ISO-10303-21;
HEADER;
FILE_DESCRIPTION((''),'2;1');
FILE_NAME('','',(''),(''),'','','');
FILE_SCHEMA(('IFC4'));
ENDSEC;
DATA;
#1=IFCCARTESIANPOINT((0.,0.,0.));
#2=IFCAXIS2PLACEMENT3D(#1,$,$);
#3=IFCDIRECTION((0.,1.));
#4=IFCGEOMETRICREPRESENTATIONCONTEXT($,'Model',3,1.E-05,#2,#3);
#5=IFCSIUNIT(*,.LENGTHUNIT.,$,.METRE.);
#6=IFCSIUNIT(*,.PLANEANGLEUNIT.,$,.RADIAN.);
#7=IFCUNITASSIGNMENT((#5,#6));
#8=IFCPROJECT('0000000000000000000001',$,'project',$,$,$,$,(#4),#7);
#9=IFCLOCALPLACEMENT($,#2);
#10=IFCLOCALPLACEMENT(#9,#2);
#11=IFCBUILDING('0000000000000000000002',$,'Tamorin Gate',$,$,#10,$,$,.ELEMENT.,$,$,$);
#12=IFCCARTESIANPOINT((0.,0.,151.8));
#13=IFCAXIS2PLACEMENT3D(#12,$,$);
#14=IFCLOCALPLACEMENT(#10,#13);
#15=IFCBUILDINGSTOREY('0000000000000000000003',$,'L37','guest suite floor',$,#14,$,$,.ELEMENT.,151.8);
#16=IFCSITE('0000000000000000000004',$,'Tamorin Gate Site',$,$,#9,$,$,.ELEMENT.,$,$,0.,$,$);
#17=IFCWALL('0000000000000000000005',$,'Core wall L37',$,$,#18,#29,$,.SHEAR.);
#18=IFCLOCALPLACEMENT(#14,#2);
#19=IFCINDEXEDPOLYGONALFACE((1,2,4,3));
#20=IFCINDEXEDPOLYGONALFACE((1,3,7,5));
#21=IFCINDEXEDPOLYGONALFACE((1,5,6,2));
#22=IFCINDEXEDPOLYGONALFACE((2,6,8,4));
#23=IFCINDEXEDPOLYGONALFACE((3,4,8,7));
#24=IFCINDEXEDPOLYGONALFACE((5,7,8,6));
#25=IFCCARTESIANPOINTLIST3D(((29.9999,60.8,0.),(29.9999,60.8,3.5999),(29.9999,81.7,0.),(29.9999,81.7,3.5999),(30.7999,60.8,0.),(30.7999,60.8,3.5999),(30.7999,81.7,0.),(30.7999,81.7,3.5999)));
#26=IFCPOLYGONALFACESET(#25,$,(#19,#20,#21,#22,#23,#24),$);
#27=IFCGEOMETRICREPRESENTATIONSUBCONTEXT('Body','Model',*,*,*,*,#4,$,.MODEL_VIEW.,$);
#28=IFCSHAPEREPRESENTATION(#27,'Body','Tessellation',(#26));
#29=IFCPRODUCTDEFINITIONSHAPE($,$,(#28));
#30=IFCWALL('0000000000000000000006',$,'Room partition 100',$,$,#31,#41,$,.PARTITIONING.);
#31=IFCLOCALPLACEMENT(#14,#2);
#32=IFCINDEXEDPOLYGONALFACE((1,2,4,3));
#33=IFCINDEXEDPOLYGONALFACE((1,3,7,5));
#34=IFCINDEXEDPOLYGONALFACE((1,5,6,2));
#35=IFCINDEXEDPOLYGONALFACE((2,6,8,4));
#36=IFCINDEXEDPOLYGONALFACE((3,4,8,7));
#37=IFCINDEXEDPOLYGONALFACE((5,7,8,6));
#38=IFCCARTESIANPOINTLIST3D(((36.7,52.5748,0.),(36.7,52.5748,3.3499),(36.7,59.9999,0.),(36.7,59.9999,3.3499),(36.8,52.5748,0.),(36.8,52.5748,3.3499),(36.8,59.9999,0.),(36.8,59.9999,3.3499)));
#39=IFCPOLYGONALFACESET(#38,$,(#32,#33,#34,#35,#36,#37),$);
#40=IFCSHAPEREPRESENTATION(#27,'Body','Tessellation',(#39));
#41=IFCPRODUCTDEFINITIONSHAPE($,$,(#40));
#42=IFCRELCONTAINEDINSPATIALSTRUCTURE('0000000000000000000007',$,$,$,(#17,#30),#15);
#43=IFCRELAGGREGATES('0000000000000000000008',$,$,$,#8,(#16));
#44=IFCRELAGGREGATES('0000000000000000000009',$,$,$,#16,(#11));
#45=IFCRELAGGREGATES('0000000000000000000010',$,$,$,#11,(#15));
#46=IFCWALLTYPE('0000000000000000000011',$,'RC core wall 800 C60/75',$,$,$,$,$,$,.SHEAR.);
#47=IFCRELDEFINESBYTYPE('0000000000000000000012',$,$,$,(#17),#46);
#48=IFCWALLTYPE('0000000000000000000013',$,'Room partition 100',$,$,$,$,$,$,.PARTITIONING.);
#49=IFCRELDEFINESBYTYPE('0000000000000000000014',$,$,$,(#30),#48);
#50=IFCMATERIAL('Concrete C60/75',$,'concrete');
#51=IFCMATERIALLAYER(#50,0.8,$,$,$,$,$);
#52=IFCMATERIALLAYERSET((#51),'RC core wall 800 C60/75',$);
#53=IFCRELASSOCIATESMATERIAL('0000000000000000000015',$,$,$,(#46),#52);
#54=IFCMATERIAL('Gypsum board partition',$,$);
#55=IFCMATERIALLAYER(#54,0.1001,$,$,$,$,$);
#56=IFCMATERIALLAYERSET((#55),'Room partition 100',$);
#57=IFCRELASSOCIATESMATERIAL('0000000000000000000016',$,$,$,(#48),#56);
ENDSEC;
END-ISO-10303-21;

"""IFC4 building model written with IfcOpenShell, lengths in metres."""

from ifc_helpers import new_model, si_unit, direction, frame, frame_2d, origin, place, context, subcontext, project, spatial, rectangle, extrude, material, layer, layer_set, type_object, element, save


model = new_model("IFC4")

# Units and contexts
model_context = context("Model", 3, precision=1e-05, world=origin(), true_north=direction((0.0, 1.0)))
body_context = subcontext(model_context, "Body", "Model", "MODEL_VIEW")
ifc_project = project(units=[si_unit("LENGTHUNIT", "METRE"), si_unit("PLANEANGLEUNIT", "RADIAN")], contexts=[model_context])

# Site, building, storey
site_placement = place(None, origin())
site = spatial("IfcSite", under=ifc_project, at=site_placement, Name="Tamorin Gate Site", CompositionType="ELEMENT", RefElevation=0.0)
building_placement = place(site_placement, origin())
building = spatial("IfcBuilding", under=site, at=building_placement, Name="Tamorin Gate", CompositionType="ELEMENT")
storey_placement = place(building_placement, frame((0.0, 0.0, 151.8)))
storey = spatial("IfcBuildingStorey", under=building, at=storey_placement, Name="L37", Description="guest suite floor", CompositionType="ELEMENT", Elevation=151.8)

# Shared definitions
ifc_material_1 = material(Name="Gypsum board partition")

# Shared definitions
ifc_material_2 = material(Name="Concrete C60/75", Category="concrete")

# Shared definitions
ifc_layer_1 = layer(ifc_material_2, 0.8)
ifc_layer_set_1 = layer_set([ifc_layer_1], Name="RC core wall 800 C60/75")
wall_type_1 = type_object("IfcWallType", Name="RC core wall 800 C60/75", PredefinedType="SHEAR", material=ifc_layer_set_1)

# Walls
wall_1_placement = place(storey_placement, frame((30.3999, 60.8, 0.0), z_axis=(0.0, 0.0, 1.0), x_axis=(0.0, 1.0, 0.0)))
element("IfcWall", 1, at=wall_1_placement, inside=storey, type_object=wall_type_1, Name="Core wall L37", PredefinedType="SHEAR", context=body_context, shape_type="SweptSolid", body=[
    extrude(rectangle(XDim=20.8999, YDim=0.8, at=frame_2d((10.45, 0.0))), origin(), (0.0, 0.0, 1.0), 3.5999),
])
ifc_layer_2 = layer(ifc_material_1, 0.1001)
ifc_layer_set_2 = layer_set([ifc_layer_2], Name="Room partition 100")
wall_type_2 = type_object("IfcWallType", Name="Room partition 100", PredefinedType="PARTITIONING", material=ifc_layer_set_2)
wall_2_placement = place(storey_placement, frame((36.75, 52.575, 0.0), z_axis=(0.0, 0.0, 1.0), x_axis=(0.0, 1.0, 0.0)))
element("IfcWall", 2, at=wall_2_placement, inside=storey, type_object=wall_type_2, Name="Room partition 100", PredefinedType="PARTITIONING", context=body_context, shape_type="SweptSolid", body=[
    extrude(rectangle(XDim=7.425, YDim=0.1001, at=frame_2d((3.7124, 0.0))), origin(), (0.0, 0.0, 1.0), 3.3499),
])

save(model, "model.ifc")
